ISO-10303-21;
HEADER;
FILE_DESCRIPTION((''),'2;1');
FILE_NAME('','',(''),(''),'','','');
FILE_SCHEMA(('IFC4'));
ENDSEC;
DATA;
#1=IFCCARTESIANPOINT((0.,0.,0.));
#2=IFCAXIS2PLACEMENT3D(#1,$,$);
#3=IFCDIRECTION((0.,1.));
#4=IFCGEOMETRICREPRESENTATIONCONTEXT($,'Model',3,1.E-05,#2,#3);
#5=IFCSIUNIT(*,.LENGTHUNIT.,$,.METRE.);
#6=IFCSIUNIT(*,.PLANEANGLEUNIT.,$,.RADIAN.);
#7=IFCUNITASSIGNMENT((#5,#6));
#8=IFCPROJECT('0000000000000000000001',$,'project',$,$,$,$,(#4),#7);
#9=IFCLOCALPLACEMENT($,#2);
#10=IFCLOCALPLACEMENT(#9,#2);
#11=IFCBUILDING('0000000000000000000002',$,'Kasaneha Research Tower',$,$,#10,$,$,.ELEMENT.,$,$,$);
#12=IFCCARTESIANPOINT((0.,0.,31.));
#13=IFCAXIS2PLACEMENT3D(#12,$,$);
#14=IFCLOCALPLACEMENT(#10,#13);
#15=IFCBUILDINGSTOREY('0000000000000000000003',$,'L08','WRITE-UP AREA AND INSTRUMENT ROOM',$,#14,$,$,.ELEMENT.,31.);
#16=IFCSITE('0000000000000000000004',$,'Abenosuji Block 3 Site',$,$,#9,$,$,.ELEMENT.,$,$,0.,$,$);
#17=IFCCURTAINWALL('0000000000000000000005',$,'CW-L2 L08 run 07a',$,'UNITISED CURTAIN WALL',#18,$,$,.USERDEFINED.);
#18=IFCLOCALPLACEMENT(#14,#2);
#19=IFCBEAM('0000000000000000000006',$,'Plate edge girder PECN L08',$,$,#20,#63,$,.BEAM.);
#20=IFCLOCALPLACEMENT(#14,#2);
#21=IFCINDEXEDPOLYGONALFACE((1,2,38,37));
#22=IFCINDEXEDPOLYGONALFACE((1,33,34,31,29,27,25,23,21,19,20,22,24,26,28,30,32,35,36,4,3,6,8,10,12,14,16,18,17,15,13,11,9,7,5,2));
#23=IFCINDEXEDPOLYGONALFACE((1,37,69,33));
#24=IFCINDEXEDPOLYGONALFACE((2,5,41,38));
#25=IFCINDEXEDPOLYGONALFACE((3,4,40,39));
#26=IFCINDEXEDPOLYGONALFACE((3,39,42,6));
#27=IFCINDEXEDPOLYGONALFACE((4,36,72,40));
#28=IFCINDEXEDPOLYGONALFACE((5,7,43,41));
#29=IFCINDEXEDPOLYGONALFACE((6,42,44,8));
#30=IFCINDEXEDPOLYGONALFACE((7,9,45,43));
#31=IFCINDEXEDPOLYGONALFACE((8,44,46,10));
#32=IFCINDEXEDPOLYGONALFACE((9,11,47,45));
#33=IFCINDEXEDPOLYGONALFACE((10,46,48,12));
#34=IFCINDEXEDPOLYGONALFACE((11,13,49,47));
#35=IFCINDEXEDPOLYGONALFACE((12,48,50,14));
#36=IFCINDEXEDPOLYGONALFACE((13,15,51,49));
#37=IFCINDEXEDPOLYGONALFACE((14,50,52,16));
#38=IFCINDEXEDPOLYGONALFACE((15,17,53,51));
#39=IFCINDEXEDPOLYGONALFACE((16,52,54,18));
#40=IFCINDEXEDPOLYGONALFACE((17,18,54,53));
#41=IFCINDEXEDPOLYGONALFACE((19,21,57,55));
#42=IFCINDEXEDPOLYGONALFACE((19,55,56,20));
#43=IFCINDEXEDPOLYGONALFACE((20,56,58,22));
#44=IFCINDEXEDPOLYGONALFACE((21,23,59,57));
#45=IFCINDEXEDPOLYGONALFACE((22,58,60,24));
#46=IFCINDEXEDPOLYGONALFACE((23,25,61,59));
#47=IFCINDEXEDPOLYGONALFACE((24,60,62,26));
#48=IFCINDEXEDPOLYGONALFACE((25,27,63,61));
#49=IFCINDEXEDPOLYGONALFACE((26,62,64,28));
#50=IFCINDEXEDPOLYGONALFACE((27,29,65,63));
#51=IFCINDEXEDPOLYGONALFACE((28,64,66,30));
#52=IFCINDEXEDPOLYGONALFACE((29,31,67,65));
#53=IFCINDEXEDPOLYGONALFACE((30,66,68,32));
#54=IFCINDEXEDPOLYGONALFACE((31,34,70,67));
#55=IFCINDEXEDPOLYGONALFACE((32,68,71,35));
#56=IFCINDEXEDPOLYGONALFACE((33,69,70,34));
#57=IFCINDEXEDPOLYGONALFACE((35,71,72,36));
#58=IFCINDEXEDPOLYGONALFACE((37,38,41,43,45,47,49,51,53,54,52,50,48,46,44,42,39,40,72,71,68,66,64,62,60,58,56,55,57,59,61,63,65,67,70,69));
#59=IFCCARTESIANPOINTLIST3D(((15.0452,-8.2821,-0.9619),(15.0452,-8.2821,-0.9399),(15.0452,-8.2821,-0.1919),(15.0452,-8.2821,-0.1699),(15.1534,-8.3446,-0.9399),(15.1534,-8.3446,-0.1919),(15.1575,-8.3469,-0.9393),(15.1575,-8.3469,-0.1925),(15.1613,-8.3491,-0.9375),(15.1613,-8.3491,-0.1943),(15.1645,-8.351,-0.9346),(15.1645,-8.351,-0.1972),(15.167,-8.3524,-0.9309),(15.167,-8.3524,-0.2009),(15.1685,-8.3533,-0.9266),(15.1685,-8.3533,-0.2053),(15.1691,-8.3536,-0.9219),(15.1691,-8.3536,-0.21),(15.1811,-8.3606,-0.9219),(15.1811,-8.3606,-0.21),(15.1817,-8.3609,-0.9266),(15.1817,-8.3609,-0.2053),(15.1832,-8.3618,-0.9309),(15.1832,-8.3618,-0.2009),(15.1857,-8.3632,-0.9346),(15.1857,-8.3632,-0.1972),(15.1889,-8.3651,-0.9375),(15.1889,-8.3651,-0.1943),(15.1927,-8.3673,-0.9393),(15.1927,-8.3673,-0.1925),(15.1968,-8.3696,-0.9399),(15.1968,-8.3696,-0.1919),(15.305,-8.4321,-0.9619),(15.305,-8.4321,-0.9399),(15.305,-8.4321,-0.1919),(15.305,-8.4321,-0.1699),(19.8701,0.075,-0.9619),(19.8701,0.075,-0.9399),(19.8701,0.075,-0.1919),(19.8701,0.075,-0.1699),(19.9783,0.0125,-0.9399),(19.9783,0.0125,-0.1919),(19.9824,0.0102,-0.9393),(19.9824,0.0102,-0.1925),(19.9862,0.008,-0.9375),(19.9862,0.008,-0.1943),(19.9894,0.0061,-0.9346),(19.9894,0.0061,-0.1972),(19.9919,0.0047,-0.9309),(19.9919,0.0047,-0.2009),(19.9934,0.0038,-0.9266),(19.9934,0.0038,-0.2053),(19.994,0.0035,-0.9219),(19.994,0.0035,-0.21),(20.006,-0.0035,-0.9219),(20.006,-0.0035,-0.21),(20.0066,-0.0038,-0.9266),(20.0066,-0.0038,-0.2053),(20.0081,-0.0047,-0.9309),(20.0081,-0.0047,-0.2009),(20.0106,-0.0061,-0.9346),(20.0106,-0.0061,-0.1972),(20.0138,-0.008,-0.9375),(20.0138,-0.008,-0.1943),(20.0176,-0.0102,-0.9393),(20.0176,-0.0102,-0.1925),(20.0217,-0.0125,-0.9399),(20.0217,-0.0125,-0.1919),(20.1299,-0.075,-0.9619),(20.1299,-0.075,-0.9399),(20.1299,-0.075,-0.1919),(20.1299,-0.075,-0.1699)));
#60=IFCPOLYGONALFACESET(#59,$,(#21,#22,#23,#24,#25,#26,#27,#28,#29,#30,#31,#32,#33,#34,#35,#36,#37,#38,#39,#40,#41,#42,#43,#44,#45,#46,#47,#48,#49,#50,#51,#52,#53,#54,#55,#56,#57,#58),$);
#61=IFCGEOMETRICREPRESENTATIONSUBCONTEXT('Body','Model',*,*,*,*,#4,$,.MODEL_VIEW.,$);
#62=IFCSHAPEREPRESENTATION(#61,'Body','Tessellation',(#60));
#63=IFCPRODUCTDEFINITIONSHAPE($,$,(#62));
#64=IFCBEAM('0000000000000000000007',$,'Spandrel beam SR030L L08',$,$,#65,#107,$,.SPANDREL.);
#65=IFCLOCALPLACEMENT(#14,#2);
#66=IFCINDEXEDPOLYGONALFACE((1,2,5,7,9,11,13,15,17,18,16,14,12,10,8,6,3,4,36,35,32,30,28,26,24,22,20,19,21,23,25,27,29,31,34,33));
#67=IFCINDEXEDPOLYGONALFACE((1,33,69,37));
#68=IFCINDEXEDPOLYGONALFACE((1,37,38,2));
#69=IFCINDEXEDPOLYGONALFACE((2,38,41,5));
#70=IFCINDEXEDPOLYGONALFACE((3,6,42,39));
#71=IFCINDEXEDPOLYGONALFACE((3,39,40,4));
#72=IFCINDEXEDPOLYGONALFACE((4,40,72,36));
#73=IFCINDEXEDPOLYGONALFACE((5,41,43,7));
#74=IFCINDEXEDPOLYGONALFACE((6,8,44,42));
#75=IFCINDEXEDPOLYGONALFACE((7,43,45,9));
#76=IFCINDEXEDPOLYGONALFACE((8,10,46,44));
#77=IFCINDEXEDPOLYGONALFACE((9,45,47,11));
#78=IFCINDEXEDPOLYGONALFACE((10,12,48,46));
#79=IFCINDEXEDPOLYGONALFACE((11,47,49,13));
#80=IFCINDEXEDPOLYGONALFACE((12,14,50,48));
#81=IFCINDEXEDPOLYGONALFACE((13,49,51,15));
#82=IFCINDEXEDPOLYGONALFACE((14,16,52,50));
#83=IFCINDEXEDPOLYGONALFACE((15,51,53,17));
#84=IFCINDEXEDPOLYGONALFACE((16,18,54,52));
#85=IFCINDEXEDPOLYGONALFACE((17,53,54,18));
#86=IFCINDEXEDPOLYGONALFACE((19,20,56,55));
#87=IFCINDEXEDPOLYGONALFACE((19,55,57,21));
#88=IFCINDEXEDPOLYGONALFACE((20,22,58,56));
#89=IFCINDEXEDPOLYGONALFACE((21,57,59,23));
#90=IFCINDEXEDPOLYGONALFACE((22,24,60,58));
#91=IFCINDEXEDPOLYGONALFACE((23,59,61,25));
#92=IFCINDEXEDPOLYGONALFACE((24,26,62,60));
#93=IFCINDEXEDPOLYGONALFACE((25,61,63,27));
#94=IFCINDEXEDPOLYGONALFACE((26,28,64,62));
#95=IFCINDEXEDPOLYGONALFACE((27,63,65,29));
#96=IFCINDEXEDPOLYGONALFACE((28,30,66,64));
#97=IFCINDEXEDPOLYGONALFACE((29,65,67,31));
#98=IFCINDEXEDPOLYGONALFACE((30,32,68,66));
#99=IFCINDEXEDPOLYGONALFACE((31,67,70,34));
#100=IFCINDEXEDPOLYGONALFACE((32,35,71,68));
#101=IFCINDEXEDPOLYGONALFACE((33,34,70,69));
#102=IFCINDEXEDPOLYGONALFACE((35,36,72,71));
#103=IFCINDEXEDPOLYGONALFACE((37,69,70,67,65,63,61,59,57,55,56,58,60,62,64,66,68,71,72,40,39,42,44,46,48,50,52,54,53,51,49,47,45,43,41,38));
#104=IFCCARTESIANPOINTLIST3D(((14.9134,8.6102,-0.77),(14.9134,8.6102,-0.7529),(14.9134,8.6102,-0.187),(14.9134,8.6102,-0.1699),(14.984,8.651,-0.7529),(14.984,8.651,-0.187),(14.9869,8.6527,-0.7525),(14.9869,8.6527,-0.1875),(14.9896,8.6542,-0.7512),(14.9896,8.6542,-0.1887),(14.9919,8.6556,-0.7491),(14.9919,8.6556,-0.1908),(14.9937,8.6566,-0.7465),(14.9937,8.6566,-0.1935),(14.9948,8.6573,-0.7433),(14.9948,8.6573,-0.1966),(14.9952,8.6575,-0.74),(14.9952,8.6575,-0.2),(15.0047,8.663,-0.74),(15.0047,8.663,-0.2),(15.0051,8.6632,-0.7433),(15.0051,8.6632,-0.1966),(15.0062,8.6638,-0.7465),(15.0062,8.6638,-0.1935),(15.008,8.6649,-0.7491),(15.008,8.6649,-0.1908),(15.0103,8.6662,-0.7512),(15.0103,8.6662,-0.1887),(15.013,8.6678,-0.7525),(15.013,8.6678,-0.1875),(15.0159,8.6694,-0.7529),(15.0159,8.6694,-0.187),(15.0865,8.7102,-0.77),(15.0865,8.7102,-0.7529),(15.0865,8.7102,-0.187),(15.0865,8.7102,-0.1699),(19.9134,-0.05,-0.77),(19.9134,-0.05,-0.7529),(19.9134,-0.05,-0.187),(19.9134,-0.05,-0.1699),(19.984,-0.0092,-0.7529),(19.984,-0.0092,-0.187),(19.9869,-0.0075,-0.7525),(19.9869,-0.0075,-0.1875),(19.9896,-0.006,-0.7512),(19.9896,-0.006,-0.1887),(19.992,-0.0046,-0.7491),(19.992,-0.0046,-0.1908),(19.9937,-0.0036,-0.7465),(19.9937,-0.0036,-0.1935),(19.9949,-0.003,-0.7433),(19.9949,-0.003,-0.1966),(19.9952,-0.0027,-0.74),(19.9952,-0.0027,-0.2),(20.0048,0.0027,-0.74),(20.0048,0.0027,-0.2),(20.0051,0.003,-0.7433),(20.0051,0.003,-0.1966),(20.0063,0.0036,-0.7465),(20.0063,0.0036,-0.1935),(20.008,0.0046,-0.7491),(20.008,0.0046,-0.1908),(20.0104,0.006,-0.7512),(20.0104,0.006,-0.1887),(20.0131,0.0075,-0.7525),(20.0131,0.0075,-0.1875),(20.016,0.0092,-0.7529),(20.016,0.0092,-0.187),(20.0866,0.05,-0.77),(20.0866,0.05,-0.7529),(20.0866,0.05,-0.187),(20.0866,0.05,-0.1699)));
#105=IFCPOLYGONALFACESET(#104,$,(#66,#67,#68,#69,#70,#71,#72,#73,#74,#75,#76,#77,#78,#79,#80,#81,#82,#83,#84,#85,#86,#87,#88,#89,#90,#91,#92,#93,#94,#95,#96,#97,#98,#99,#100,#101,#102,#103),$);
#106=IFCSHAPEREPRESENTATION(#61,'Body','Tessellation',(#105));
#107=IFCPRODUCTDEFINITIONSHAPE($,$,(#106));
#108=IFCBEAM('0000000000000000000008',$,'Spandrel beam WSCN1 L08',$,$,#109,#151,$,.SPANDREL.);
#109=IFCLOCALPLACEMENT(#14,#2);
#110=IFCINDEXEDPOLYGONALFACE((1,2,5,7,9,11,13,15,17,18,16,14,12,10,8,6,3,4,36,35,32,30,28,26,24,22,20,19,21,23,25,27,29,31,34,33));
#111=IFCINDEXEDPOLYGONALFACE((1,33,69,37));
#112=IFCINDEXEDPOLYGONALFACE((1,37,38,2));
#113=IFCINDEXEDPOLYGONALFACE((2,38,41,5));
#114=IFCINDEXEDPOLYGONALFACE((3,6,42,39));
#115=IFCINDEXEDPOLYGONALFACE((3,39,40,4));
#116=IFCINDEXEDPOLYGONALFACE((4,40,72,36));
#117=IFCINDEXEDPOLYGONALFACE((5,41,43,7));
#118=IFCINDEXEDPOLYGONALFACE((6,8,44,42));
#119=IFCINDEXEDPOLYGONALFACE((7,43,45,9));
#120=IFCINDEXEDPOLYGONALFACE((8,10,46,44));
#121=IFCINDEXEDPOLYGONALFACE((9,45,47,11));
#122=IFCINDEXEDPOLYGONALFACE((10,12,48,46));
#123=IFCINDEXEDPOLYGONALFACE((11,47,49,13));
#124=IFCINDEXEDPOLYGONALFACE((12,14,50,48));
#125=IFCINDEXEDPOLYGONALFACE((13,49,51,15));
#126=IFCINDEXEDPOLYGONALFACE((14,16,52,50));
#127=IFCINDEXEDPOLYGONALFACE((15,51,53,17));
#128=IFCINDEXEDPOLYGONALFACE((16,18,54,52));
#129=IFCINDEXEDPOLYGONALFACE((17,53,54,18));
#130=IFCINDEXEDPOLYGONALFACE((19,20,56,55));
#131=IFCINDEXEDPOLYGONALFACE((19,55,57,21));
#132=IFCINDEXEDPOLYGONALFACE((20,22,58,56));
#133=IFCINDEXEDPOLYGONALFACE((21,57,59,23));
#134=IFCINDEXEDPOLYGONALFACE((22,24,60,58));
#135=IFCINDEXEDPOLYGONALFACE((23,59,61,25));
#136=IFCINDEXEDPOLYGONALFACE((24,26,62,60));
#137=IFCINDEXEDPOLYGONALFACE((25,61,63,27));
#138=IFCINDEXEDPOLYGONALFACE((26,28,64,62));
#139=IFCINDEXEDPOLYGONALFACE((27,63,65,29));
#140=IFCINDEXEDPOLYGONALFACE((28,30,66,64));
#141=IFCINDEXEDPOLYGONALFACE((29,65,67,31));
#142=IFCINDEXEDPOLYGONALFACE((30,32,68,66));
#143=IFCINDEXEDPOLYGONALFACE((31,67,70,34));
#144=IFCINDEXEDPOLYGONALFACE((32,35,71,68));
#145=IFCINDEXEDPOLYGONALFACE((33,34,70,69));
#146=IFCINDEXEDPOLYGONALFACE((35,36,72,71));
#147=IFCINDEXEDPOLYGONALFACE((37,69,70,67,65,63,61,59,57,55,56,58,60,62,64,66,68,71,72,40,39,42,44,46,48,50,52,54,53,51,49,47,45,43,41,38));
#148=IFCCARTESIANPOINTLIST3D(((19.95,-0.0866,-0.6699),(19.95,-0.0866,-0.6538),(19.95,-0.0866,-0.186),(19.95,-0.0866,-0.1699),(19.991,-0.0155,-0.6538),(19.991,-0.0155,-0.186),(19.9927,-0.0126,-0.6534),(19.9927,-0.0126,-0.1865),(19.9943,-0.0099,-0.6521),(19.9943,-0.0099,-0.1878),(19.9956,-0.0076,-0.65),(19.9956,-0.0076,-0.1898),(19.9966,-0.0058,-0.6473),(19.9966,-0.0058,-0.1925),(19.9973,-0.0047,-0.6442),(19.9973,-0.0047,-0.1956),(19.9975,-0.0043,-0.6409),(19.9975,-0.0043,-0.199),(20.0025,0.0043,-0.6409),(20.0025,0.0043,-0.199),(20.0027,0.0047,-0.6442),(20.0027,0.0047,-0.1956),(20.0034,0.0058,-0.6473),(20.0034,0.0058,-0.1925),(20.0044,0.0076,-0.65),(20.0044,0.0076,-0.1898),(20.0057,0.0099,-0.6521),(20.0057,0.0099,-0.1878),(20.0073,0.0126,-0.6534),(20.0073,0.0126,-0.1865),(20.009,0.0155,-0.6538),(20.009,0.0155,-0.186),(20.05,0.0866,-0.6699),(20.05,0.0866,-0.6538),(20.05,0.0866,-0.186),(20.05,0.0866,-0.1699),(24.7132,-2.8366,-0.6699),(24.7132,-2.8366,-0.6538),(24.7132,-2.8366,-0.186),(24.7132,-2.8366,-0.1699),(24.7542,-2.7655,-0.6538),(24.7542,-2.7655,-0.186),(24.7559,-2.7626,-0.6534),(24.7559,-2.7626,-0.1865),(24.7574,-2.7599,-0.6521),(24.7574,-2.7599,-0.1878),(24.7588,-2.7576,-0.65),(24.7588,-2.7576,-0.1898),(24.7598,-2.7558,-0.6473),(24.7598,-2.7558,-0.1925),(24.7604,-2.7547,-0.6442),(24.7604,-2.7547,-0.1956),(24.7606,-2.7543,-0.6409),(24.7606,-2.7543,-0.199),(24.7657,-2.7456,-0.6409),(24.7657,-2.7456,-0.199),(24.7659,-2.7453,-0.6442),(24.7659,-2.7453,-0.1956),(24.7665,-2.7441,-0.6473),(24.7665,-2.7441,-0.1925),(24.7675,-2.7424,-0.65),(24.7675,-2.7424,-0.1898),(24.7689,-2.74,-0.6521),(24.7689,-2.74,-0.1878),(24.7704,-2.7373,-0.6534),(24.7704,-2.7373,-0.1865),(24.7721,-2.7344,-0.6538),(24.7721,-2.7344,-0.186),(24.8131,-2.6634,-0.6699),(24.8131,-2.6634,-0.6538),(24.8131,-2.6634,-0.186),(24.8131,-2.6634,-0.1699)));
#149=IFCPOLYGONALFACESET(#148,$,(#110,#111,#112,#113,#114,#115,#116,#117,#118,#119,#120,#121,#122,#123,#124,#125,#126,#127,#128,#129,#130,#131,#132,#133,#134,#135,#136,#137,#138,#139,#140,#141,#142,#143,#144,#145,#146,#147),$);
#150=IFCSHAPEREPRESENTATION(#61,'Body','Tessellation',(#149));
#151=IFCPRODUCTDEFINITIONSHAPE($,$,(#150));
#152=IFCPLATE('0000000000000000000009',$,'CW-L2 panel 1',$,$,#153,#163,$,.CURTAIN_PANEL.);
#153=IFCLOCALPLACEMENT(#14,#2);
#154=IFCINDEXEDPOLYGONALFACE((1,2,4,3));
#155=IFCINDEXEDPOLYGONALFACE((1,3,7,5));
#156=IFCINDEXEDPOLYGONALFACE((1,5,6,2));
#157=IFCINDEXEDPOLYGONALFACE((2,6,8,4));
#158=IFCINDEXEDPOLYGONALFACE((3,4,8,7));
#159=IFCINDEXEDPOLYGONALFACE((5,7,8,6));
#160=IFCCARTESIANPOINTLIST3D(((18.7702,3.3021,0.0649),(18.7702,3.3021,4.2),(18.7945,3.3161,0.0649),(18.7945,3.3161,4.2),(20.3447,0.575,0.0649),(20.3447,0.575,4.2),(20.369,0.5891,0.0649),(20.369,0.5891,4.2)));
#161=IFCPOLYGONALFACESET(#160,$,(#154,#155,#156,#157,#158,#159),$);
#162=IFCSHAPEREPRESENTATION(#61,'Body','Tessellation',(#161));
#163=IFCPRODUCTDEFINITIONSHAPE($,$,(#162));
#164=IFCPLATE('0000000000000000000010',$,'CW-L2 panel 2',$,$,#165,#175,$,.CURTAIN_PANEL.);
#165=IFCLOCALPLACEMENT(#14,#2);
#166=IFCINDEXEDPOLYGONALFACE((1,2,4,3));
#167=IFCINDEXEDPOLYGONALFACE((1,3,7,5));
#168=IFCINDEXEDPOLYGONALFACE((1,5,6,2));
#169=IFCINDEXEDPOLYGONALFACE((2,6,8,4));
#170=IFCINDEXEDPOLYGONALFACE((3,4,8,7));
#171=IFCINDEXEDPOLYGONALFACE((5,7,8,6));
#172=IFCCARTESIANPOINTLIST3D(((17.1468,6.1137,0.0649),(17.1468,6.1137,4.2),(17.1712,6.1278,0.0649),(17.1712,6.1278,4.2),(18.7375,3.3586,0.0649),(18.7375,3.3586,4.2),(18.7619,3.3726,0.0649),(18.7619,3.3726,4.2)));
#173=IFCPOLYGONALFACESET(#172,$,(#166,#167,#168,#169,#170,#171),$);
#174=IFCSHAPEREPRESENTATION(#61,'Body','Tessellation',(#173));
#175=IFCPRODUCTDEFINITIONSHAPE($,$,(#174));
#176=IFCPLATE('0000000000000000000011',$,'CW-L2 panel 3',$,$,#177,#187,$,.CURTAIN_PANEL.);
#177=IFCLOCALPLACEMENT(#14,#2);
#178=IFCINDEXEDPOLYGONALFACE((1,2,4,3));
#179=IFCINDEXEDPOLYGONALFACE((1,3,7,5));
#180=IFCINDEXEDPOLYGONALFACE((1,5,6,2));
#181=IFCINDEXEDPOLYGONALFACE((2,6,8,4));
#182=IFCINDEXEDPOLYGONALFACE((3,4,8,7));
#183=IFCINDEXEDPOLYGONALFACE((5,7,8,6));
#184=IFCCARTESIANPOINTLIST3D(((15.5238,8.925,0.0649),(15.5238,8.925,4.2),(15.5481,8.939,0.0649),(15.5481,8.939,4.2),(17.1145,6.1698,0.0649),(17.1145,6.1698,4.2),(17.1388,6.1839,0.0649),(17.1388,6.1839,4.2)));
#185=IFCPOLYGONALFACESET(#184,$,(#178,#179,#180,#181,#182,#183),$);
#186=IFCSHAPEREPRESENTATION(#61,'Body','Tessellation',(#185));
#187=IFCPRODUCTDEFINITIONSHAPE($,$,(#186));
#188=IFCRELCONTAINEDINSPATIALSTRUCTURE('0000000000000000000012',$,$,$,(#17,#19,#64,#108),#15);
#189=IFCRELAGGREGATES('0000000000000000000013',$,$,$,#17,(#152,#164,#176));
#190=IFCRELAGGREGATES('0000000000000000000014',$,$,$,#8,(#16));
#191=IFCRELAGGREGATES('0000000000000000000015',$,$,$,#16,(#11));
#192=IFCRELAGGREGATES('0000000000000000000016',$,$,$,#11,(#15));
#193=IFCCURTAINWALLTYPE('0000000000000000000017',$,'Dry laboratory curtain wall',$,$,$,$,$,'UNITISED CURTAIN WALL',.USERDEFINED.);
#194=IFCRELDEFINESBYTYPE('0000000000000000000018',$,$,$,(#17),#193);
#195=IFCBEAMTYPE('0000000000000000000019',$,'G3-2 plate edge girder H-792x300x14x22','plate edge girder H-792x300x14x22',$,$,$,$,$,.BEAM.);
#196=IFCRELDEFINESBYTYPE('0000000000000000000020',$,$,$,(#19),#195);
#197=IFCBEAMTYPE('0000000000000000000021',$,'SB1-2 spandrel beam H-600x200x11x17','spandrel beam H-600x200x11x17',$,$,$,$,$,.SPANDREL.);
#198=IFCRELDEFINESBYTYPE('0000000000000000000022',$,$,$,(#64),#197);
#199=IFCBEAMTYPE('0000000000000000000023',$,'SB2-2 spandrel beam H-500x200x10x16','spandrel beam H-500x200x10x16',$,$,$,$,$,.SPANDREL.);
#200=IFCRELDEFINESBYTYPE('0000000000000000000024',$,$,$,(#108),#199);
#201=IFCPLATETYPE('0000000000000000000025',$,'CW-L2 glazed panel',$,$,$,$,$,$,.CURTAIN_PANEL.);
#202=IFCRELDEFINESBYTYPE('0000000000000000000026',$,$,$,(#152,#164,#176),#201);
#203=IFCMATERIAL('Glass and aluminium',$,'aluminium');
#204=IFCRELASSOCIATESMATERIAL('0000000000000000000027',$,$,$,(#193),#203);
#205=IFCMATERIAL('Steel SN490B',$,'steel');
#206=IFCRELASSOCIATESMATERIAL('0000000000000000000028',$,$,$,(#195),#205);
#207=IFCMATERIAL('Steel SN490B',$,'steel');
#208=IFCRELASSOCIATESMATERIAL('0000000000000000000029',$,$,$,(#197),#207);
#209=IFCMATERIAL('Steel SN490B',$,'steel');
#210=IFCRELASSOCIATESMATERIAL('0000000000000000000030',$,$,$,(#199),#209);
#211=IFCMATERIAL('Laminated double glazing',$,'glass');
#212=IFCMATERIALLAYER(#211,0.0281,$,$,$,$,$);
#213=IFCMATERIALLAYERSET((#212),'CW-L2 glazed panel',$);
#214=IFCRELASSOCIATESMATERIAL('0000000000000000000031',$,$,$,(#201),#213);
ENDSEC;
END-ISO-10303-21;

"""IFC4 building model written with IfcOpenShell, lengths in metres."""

from ifc_helpers import new_model, si_unit, direction, frame, origin, origin_2d, place, context, subcontext, project, spatial, rectangle, i_section, extrude, material, layer, layer_set, material_profile, profile_set, type_object, element, aggregate, save


model = new_model("IFC4")

# Units and contexts
model_context = context("Model", 3, precision=1e-05, world=origin(), true_north=direction((0.0, 1.0)))
body_context = subcontext(model_context, "Body", "Model", "MODEL_VIEW")
ifc_project = project(units=[si_unit("LENGTHUNIT", "METRE"), si_unit("PLANEANGLEUNIT", "RADIAN")], contexts=[model_context])

# Site, building, storey
site_placement = place(None, origin())
site = spatial("IfcSite", under=ifc_project, at=site_placement, Name="Abenosuji Block 3 Site", CompositionType="ELEMENT", RefElevation=0.0)
building_placement = place(site_placement, origin())
building = spatial("IfcBuilding", under=site, at=building_placement, Name="Kasaneha Research Tower", CompositionType="ELEMENT")
storey_placement = place(building_placement, frame((0.0, 0.0, 31.0)))
storey = spatial("IfcBuildingStorey", under=building, at=storey_placement, Name="L08", Description="WRITE-UP AREA AND INSTRUMENT ROOM", CompositionType="ELEMENT", Elevation=31.0)

# Shared definitions
ifc_material_1 = material(Name="Glass and aluminium", Category="aluminium")
curtain_wall_type = type_object("IfcCurtainWallType", Name="Dry laboratory curtain wall", ElementType="UNITISED CURTAIN WALL", PredefinedType="USERDEFINED", material=ifc_material_1)

# Curtain wall
curtain_wall_1_placement = place(storey_placement, origin())
curtain_wall_1 = element("IfcCurtainWall", 1, at=curtain_wall_1_placement, inside=storey, type_object=curtain_wall_type, Name="CW-L2 L08 run 07a", ObjectType="UNITISED CURTAIN WALL", PredefinedType="USERDEFINED")

# Beams
ifc_material_2 = material(Name="Steel SN490B", Category="steel")
ifc_material_profile_1 = material_profile(ifc_material_2, i_section(OverallWidth=0.3, OverallDepth=0.792, WebThickness=0.0139, FlangeThickness=0.022, FilletRadius=0.0181, at=origin_2d()), Name="H-792x300x14x22")
ifc_profile_set_1 = profile_set([ifc_material_profile_1], Name="Steel SN490B")
beam_type_1 = type_object("IfcBeamType", Name="G3-2 plate edge girder H-792x300x14x22", Description="plate edge girder H-792x300x14x22", PredefinedType="BEAM", material=ifc_profile_set_1)
beam_1_placement = place(storey_placement, frame((20.0, 0.0, -0.5659), z_axis=(-0.499995, -0.866028, 0.0), x_axis=(0.866028, -0.499995, 0.0)))
element("IfcBeam", 2, at=beam_1_placement, inside=storey, type_object=beam_type_1, Name="Plate edge girder PECN L08", PredefinedType="BEAM", context=body_context, shape_type="SweptSolid", body=[
    extrude(i_section(OverallWidth=0.3, OverallDepth=0.792, WebThickness=0.0139, FlangeThickness=0.022, FilletRadius=0.0181, at=origin_2d()), origin(), (0.0, 0.0, 1.0), 9.6499),
])
ifc_material_3 = material(Name="Steel SN490B", Category="steel")
ifc_material_profile_2 = material_profile(ifc_material_3, i_section(OverallWidth=0.2, OverallDepth=0.6001, WebThickness=0.011, FlangeThickness=0.0171, FilletRadius=0.0129, at=origin_2d()), Name="H-600x200x11x17")
ifc_profile_set_2 = profile_set([ifc_material_profile_2], Name="Steel SN490B")
beam_type_2 = type_object("IfcBeamType", Name="SB1-2 spandrel beam H-600x200x11x17", Description="spandrel beam H-600x200x11x17", PredefinedType="SPANDREL", material=ifc_profile_set_2)
beam_2_placement = place(storey_placement, frame((20.0, 0.0, -0.47), z_axis=(-0.500004, 0.866023, 0.0), x_axis=(-0.866023, -0.500004, 0.0)))
element("IfcBeam", 3, at=beam_2_placement, inside=storey, type_object=beam_type_2, Name="Spandrel beam SR030L L08", PredefinedType="SPANDREL", context=body_context, shape_type="SweptSolid", body=[
    extrude(i_section(OverallWidth=0.2, OverallDepth=0.6001, WebThickness=0.011, FlangeThickness=0.0171, FilletRadius=0.0129, at=origin_2d()), origin(), (0.0, 0.0, 1.0), 10.0),
])
ifc_material_4 = material(Name="Steel SN490B", Category="steel")
ifc_material_profile_3 = material_profile(ifc_material_4, i_section(OverallWidth=0.2, OverallDepth=0.5, WebThickness=0.01, FlangeThickness=0.0161, FilletRadius=0.0129, at=origin_2d()), Name="H-500x200x10x16")
ifc_profile_set_3 = profile_set([ifc_material_profile_3], Name="Steel SN490B")
beam_type_3 = type_object("IfcBeamType", Name="SB2-2 spandrel beam H-500x200x10x16", Description="spandrel beam H-500x200x10x16", PredefinedType="SPANDREL", material=ifc_profile_set_3)
beam_3_placement = place(storey_placement, frame((20.0, 0.0, -0.4199), z_axis=(0.866027, -0.499997, 0.0), x_axis=(0.499997, 0.866027, 0.0)))
element("IfcBeam", 4, at=beam_3_placement, inside=storey, type_object=beam_type_3, Name="Spandrel beam WSCN1 L08", PredefinedType="SPANDREL", context=body_context, shape_type="SweptSolid", body=[
    extrude(i_section(OverallWidth=0.2, OverallDepth=0.5, WebThickness=0.01, FlangeThickness=0.0161, FilletRadius=0.0129, at=origin_2d()), origin(), (0.0, 0.0, 1.0), 5.5),
])

# Plates
ifc_material_5 = material(Name="Laminated double glazing", Category="glass")
ifc_layer_1 = layer(ifc_material_5, 0.0281)
ifc_layer_set_1 = layer_set([ifc_layer_1], Name="CW-L2 glazed panel")
plate_type = type_object("IfcPlateType", Name="CW-L2 glazed panel", PredefinedType="CURTAIN_PANEL", material=ifc_layer_set_1)
plate_1_placement = place(storey_placement, frame((19.5696, 1.9456, 0.0649), z_axis=(0.0, 0.0, 1.0), x_axis=(-0.5, 0.866025, 0.0)))
plate_1 = element("IfcPlate", 5, at=plate_1_placement, type_object=plate_type, Name="CW-L2 panel 1", PredefinedType="CURTAIN_PANEL", context=body_context, shape_type="SweptSolid", body=[
    extrude(rectangle(XDim=3.1489, YDim=0.0281, at=origin_2d()), origin(), (0.0, 0.0, 1.0), 4.135),
])
plate_2_placement = place(storey_placement, frame((17.9543, 4.7432, 0.0649), z_axis=(0.0, 0.0, 1.0), x_axis=(-0.5, 0.866025, 0.0)))
plate_2 = element("IfcPlate", 6, at=plate_2_placement, type_object=plate_type, Name="CW-L2 panel 2", PredefinedType="CURTAIN_PANEL", context=body_context, shape_type="SweptSolid", body=[
    extrude(rectangle(XDim=3.1814, YDim=0.0281, at=origin_2d()), origin(), (0.0, 0.0, 1.0), 4.135),
])
plate_3_placement = place(storey_placement, frame((16.3313, 7.5544, 0.0649), z_axis=(0.0, 0.0, 1.0), x_axis=(-0.5, 0.866025, 0.0)))
plate_3 = element("IfcPlate", 7, at=plate_3_placement, type_object=plate_type, Name="CW-L2 panel 3", PredefinedType="CURTAIN_PANEL", context=body_context, shape_type="SweptSolid", body=[
    extrude(rectangle(XDim=3.1814, YDim=0.0281, at=origin_2d()), origin(), (0.0, 0.0, 1.0), 4.135),
])
aggregate(curtain_wall_1, [plate_1, plate_2, plate_3])

save(model, "model.ifc")
